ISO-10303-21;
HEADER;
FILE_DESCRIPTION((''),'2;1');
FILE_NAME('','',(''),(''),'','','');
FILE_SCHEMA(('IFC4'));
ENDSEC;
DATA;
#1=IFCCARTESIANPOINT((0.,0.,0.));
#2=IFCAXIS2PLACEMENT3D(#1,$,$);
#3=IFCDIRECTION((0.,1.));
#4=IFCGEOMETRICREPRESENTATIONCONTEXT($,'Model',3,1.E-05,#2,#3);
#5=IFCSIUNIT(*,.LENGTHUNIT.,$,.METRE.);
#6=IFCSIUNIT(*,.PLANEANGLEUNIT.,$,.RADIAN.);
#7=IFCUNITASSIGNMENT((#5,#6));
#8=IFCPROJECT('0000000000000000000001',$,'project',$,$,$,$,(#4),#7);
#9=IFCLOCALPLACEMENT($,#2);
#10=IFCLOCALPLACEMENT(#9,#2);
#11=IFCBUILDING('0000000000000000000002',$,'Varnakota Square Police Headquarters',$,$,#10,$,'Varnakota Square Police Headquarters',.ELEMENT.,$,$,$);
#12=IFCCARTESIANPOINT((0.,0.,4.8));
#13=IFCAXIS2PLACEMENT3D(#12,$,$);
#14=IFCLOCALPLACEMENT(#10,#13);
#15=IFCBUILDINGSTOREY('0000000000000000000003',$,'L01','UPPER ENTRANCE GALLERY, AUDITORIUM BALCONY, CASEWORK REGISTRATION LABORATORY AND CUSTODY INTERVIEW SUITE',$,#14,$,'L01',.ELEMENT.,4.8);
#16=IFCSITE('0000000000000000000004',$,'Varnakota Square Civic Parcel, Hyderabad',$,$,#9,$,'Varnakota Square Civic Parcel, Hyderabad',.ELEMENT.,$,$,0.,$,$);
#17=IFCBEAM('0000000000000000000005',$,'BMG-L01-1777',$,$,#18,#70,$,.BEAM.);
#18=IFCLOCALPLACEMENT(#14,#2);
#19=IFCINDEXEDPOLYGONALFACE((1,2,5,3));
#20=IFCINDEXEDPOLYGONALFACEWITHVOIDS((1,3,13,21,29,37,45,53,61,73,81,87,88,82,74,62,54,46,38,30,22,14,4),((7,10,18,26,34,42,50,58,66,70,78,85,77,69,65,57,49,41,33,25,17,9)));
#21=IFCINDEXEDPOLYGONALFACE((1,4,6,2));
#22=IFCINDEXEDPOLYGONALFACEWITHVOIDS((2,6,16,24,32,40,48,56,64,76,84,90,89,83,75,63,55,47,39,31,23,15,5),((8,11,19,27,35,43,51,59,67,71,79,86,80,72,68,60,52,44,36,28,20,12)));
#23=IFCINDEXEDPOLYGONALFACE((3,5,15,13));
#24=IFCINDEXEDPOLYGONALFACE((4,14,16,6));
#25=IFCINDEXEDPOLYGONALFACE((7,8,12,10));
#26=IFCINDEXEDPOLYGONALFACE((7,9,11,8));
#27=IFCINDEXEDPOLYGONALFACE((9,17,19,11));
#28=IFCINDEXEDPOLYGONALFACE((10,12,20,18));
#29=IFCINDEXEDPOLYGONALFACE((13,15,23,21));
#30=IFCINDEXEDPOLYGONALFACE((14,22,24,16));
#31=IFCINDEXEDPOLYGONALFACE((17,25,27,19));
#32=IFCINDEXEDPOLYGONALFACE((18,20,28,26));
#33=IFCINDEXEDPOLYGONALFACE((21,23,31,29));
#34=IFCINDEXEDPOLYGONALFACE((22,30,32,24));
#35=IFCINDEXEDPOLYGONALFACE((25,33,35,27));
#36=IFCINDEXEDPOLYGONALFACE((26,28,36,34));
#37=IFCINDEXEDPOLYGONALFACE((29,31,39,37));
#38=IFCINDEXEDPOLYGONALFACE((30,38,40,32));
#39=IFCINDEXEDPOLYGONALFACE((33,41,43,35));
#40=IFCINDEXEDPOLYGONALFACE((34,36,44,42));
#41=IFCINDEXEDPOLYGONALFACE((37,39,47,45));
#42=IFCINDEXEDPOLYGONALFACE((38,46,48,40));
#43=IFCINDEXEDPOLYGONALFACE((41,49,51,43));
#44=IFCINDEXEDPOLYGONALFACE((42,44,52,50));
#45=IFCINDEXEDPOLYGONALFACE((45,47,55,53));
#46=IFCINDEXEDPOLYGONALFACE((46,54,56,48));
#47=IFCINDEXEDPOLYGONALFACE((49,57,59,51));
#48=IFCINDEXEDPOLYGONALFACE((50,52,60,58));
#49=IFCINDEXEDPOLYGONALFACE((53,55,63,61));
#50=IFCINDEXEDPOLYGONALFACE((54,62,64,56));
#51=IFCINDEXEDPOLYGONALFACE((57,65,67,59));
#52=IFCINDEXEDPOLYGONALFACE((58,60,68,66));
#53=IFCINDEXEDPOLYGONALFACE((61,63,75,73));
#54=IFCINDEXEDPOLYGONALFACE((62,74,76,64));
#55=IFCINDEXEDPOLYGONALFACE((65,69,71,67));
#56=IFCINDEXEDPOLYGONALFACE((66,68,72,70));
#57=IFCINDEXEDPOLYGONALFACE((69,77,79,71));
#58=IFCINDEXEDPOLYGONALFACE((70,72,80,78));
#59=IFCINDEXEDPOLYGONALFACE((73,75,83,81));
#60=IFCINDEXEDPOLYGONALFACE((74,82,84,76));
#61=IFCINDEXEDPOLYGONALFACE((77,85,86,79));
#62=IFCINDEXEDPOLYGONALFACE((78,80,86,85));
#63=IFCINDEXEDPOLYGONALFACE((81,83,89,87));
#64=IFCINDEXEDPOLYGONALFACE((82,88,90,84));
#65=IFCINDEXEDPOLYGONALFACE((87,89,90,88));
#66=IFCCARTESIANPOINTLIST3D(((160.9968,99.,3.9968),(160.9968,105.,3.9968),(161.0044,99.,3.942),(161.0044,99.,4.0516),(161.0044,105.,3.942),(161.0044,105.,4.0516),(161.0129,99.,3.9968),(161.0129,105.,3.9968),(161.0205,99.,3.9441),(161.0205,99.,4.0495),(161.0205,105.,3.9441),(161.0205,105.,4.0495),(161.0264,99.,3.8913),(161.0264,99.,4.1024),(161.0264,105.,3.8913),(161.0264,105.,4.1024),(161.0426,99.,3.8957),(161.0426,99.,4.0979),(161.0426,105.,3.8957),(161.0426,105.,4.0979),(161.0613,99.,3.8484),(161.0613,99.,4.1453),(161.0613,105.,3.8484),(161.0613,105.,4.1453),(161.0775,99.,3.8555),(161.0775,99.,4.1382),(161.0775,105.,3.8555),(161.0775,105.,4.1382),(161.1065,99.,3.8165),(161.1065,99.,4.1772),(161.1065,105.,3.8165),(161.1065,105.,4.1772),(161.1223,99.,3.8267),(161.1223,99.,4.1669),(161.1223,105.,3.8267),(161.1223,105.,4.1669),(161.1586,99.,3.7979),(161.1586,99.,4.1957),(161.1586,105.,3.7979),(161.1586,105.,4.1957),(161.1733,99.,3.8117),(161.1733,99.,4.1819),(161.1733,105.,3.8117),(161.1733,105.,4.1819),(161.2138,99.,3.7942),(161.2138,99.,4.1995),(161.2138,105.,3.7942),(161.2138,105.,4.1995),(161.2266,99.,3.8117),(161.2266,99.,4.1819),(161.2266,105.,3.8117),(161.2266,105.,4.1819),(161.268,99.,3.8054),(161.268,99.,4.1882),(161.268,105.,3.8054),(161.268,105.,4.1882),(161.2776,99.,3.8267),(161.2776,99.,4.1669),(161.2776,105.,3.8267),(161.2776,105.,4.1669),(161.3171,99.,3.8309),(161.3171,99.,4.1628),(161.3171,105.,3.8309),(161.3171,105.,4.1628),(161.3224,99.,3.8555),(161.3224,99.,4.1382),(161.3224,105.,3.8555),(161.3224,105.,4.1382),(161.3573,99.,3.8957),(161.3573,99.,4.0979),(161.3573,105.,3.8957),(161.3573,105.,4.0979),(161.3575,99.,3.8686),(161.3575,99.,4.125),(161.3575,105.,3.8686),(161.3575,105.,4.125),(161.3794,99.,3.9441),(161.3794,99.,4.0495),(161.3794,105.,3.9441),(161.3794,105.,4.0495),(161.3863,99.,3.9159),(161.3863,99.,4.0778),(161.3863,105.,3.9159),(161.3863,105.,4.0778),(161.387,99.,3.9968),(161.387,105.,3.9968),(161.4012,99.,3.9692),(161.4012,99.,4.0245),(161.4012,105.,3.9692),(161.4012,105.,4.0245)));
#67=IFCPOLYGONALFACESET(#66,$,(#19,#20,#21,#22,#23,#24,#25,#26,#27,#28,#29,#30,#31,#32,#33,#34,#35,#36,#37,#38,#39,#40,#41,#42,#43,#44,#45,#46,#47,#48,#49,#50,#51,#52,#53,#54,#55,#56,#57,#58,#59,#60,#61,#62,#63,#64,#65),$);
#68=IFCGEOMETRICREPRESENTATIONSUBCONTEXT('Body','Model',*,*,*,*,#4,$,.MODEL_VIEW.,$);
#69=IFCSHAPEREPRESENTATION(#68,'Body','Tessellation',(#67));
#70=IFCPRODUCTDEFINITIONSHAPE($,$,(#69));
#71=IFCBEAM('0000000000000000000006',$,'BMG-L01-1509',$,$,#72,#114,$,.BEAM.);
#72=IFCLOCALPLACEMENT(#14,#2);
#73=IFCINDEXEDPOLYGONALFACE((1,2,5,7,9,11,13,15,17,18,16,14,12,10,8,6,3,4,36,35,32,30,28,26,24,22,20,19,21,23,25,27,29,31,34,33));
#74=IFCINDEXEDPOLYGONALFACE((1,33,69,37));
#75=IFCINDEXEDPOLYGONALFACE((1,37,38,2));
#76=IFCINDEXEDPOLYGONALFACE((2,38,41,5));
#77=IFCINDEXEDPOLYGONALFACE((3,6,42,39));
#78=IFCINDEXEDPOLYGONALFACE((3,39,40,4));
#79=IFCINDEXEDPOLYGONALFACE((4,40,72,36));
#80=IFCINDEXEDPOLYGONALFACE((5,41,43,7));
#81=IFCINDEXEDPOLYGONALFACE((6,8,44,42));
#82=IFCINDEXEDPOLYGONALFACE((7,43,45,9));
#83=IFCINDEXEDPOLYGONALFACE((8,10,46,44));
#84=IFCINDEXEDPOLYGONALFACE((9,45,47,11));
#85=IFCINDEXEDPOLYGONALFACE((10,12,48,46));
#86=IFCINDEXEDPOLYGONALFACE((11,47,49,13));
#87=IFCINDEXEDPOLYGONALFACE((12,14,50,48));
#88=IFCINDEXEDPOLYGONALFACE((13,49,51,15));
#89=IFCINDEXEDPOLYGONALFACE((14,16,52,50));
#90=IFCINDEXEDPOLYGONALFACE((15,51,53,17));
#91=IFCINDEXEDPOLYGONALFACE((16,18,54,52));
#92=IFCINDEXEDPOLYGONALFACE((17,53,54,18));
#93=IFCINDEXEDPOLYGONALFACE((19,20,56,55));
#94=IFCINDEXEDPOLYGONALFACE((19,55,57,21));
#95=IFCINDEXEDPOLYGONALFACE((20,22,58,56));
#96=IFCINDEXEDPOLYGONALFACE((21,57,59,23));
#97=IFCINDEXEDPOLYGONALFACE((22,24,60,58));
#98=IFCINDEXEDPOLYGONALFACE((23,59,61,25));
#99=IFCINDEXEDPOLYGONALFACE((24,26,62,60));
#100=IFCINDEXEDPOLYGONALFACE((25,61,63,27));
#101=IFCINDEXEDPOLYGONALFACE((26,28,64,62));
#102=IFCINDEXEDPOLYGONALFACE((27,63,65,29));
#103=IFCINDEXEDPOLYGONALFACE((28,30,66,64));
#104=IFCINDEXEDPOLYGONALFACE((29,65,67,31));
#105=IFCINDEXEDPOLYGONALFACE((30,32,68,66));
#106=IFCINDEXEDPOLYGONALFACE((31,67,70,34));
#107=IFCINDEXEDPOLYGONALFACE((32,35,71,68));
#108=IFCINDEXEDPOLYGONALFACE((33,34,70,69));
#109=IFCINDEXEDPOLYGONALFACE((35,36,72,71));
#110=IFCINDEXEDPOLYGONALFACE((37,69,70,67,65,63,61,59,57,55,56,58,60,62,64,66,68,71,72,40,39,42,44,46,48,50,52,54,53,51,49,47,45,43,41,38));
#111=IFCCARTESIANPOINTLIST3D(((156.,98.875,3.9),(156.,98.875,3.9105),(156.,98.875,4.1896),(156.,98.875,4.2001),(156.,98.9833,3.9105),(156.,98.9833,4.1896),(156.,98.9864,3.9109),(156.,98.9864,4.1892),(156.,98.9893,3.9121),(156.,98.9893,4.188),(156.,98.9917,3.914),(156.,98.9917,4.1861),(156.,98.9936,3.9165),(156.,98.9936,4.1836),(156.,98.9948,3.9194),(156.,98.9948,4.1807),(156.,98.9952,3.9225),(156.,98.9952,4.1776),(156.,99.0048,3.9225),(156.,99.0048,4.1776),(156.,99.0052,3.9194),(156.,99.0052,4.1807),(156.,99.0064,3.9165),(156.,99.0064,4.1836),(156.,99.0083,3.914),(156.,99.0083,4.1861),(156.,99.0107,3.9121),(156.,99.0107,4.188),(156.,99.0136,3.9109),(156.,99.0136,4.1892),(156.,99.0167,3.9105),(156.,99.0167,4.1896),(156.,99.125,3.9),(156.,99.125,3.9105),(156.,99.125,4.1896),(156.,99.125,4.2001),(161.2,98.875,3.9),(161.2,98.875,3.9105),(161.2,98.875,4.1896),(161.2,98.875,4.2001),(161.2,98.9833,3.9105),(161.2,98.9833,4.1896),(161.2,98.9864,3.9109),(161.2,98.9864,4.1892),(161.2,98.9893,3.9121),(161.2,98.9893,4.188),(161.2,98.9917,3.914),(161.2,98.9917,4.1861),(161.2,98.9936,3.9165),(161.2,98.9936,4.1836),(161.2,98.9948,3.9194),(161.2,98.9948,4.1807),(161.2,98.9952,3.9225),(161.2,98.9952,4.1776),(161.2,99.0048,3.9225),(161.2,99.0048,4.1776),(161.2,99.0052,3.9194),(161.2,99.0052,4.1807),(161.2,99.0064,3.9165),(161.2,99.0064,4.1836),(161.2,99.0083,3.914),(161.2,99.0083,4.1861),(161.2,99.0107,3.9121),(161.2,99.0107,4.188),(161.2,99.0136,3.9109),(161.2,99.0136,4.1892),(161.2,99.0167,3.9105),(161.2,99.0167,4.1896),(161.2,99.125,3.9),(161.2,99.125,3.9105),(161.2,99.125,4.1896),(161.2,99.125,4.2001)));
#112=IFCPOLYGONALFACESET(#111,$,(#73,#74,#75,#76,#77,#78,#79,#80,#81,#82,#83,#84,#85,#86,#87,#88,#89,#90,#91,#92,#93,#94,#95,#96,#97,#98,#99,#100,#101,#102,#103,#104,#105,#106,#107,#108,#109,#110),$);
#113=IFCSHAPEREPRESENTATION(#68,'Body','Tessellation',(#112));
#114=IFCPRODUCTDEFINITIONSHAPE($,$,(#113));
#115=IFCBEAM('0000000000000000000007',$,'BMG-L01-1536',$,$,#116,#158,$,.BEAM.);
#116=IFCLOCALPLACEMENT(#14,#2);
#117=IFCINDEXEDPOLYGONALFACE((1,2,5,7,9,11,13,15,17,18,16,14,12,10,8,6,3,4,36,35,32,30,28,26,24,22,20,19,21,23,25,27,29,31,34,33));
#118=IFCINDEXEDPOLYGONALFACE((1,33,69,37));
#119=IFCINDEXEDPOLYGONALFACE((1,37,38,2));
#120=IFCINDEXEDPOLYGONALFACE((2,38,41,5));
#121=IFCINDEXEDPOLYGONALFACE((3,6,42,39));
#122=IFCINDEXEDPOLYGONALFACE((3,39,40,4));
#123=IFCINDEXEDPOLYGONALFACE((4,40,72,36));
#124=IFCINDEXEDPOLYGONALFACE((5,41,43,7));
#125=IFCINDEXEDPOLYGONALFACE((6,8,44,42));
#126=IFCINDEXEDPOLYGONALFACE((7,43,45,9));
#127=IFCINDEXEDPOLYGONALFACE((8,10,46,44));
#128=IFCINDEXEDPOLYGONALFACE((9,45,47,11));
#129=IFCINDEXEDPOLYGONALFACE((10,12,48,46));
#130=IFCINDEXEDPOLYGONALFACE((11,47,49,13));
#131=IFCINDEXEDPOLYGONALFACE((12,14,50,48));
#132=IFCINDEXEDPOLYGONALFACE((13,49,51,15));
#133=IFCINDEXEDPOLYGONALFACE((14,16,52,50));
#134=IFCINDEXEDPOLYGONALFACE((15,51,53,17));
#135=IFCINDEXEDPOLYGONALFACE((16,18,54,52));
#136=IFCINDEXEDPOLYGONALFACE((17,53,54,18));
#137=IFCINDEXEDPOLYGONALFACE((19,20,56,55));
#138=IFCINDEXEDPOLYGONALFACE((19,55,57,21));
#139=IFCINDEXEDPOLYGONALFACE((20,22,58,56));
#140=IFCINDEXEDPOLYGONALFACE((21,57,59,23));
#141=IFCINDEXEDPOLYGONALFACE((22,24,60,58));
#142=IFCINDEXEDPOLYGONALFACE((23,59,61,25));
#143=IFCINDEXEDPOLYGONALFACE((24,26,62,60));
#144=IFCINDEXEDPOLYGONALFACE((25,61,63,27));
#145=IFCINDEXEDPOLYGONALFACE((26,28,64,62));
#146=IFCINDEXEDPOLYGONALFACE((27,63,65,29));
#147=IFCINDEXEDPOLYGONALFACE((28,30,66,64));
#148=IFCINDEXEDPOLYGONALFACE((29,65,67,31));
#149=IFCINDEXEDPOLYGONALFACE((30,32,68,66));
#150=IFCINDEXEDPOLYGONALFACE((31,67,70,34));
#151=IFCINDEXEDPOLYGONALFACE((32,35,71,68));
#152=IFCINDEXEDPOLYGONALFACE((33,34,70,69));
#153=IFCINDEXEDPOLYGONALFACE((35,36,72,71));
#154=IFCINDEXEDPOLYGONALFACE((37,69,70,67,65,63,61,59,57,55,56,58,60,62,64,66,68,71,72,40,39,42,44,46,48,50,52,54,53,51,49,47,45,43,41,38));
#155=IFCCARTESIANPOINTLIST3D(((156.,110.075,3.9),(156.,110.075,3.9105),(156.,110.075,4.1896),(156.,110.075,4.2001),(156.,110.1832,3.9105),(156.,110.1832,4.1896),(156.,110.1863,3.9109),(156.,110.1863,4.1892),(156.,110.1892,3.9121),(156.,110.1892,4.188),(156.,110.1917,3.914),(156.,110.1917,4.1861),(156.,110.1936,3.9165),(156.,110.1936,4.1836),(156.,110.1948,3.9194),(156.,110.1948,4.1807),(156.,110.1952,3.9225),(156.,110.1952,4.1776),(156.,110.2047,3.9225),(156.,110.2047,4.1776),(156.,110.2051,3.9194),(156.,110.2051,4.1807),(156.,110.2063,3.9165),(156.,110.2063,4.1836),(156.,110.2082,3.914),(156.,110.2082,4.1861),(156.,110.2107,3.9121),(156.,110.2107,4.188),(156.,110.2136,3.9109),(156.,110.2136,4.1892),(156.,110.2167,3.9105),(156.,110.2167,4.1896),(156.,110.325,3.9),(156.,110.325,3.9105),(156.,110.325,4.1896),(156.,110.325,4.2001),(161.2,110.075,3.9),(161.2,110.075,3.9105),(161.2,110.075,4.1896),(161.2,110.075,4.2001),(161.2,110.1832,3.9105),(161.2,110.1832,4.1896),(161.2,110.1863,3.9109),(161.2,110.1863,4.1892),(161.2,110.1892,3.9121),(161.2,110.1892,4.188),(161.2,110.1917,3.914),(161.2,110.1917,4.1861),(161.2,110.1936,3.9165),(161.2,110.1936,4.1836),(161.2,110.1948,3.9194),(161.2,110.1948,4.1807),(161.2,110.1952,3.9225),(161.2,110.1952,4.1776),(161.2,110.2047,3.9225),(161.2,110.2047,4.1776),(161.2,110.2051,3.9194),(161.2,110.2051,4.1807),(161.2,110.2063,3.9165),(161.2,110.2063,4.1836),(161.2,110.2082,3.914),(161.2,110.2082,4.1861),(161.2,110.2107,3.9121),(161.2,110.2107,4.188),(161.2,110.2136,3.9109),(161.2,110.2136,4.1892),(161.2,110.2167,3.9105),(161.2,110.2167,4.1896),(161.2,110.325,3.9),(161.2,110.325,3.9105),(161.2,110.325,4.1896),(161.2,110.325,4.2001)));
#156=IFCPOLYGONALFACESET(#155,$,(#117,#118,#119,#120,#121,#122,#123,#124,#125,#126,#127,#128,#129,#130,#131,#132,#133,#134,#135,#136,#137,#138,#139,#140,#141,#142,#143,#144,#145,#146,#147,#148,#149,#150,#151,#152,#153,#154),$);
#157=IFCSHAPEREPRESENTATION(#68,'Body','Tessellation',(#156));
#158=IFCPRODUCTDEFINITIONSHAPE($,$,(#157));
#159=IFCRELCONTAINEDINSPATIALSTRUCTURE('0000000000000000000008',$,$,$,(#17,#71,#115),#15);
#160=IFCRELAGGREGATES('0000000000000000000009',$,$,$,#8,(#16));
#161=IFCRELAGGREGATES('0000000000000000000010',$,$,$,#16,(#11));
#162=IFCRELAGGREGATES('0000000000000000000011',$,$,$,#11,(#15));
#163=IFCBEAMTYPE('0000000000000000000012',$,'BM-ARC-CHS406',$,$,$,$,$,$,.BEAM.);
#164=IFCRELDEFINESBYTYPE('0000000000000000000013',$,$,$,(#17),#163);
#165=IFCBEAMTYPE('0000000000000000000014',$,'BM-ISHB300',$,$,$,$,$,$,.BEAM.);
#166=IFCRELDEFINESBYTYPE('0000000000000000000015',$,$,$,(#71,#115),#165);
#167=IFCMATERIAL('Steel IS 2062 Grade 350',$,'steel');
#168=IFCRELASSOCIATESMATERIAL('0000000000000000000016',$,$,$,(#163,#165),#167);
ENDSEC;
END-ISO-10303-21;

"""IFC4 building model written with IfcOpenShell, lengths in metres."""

from ifc_helpers import new_model, si_unit, direction, frame, origin, origin_2d, place, context, subcontext, project, spatial, hollow_circle, i_section, extrude, material, material_profile, profile_set, type_object, element, save


model = new_model("IFC4")

# Units and contexts
model_context = context("Model", 3, precision=1e-05, world=origin(), true_north=direction((0.0, 1.0)))
body_context = subcontext(model_context, "Body", "Model", "MODEL_VIEW")
ifc_project = project(units=[si_unit("LENGTHUNIT", "METRE"), si_unit("PLANEANGLEUNIT", "RADIAN")], contexts=[model_context])

# Site, building, storey
site_placement = place(None, origin())
site = spatial("IfcSite", under=ifc_project, at=site_placement, Name="Varnakota Square Civic Parcel, Hyderabad", LongName="Varnakota Square Civic Parcel, Hyderabad", CompositionType="ELEMENT", RefElevation=0.0)
building_placement = place(site_placement, origin())
building = spatial("IfcBuilding", under=site, at=building_placement, Name="Varnakota Square Police Headquarters", LongName="Varnakota Square Police Headquarters", CompositionType="ELEMENT")
storey_placement = place(building_placement, frame((0.0, 0.0, 4.8)))
storey = spatial("IfcBuildingStorey", under=building, at=storey_placement, Name="L01", Description="UPPER ENTRANCE GALLERY, AUDITORIUM BALCONY, CASEWORK REGISTRATION LABORATORY AND CUSTODY INTERVIEW SUITE", LongName="L01", CompositionType="ELEMENT", Elevation=4.8)

# Shared definitions
ifc_material_1 = material(Name="Steel IS 2062 Grade 350", Category="steel")

# Beams
ifc_material_profile_1 = material_profile(ifc_material_1, hollow_circle(Radius=0.2031, WallThickness=0.0161, at=origin_2d()), Name="CHS 406.4x16.0")
ifc_profile_set_1 = profile_set([ifc_material_profile_1], Name="Steel IS 2062 Grade 350")
beam_type_1 = type_object("IfcBeamType", Name="BM-ARC-CHS406", PredefinedType="BEAM", material=ifc_profile_set_1)
for number, where, z_axis, x_axis, name in (
    (1, (161.2, 99.0, 3.9968), (0.0, 1.0, 0.0), (-1.0, 0.0, 0.0), "BMG-L01-1777"),
):
    element("IfcBeam", number, at=place(storey_placement, frame(where, z_axis=z_axis, x_axis=x_axis)), inside=storey, type_object=beam_type_1, Name=name, PredefinedType="BEAM", context=body_context, shape_type="SweptSolid", body=[
        extrude(hollow_circle(Radius=0.2031, WallThickness=0.0161, at=origin_2d()), origin(), (0.0, 0.0, 1.0), 6.0),
    ])
ifc_material_profile_2 = material_profile(ifc_material_1, i_section(OverallWidth=0.25, OverallDepth=0.3, WebThickness=0.0095, FlangeThickness=0.0105, FilletRadius=0.012, at=origin_2d()), Name="ISHB 300")
ifc_profile_set_2 = profile_set([ifc_material_profile_2], Name="Steel IS 2062 Grade 350")
beam_type_2 = type_object("IfcBeamType", Name="BM-ISHB300", PredefinedType="BEAM", material=ifc_profile_set_2)
for number, where, z_axis, x_axis, name in (
    (2, (156.0, 99.0, 4.05), (1.0, 0.0, 0.0), (0.0, 1.0, 0.0), "BMG-L01-1509"),
    (3, (156.0, 110.2, 4.05), (1.0, 0.0, 0.0), (0.0, 1.0, 0.0), "BMG-L01-1536"),
):
    element("IfcBeam", number, at=place(storey_placement, frame(where, z_axis=z_axis, x_axis=x_axis)), inside=storey, type_object=beam_type_2, Name=name, PredefinedType="BEAM", context=body_context, shape_type="SweptSolid", body=[
        extrude(i_section(OverallWidth=0.25, OverallDepth=0.3, WebThickness=0.0095, FlangeThickness=0.0105, FilletRadius=0.012, at=origin_2d()), origin(), (0.0, 0.0, 1.0), 5.2),
    ])

save(model, "model.ifc")
